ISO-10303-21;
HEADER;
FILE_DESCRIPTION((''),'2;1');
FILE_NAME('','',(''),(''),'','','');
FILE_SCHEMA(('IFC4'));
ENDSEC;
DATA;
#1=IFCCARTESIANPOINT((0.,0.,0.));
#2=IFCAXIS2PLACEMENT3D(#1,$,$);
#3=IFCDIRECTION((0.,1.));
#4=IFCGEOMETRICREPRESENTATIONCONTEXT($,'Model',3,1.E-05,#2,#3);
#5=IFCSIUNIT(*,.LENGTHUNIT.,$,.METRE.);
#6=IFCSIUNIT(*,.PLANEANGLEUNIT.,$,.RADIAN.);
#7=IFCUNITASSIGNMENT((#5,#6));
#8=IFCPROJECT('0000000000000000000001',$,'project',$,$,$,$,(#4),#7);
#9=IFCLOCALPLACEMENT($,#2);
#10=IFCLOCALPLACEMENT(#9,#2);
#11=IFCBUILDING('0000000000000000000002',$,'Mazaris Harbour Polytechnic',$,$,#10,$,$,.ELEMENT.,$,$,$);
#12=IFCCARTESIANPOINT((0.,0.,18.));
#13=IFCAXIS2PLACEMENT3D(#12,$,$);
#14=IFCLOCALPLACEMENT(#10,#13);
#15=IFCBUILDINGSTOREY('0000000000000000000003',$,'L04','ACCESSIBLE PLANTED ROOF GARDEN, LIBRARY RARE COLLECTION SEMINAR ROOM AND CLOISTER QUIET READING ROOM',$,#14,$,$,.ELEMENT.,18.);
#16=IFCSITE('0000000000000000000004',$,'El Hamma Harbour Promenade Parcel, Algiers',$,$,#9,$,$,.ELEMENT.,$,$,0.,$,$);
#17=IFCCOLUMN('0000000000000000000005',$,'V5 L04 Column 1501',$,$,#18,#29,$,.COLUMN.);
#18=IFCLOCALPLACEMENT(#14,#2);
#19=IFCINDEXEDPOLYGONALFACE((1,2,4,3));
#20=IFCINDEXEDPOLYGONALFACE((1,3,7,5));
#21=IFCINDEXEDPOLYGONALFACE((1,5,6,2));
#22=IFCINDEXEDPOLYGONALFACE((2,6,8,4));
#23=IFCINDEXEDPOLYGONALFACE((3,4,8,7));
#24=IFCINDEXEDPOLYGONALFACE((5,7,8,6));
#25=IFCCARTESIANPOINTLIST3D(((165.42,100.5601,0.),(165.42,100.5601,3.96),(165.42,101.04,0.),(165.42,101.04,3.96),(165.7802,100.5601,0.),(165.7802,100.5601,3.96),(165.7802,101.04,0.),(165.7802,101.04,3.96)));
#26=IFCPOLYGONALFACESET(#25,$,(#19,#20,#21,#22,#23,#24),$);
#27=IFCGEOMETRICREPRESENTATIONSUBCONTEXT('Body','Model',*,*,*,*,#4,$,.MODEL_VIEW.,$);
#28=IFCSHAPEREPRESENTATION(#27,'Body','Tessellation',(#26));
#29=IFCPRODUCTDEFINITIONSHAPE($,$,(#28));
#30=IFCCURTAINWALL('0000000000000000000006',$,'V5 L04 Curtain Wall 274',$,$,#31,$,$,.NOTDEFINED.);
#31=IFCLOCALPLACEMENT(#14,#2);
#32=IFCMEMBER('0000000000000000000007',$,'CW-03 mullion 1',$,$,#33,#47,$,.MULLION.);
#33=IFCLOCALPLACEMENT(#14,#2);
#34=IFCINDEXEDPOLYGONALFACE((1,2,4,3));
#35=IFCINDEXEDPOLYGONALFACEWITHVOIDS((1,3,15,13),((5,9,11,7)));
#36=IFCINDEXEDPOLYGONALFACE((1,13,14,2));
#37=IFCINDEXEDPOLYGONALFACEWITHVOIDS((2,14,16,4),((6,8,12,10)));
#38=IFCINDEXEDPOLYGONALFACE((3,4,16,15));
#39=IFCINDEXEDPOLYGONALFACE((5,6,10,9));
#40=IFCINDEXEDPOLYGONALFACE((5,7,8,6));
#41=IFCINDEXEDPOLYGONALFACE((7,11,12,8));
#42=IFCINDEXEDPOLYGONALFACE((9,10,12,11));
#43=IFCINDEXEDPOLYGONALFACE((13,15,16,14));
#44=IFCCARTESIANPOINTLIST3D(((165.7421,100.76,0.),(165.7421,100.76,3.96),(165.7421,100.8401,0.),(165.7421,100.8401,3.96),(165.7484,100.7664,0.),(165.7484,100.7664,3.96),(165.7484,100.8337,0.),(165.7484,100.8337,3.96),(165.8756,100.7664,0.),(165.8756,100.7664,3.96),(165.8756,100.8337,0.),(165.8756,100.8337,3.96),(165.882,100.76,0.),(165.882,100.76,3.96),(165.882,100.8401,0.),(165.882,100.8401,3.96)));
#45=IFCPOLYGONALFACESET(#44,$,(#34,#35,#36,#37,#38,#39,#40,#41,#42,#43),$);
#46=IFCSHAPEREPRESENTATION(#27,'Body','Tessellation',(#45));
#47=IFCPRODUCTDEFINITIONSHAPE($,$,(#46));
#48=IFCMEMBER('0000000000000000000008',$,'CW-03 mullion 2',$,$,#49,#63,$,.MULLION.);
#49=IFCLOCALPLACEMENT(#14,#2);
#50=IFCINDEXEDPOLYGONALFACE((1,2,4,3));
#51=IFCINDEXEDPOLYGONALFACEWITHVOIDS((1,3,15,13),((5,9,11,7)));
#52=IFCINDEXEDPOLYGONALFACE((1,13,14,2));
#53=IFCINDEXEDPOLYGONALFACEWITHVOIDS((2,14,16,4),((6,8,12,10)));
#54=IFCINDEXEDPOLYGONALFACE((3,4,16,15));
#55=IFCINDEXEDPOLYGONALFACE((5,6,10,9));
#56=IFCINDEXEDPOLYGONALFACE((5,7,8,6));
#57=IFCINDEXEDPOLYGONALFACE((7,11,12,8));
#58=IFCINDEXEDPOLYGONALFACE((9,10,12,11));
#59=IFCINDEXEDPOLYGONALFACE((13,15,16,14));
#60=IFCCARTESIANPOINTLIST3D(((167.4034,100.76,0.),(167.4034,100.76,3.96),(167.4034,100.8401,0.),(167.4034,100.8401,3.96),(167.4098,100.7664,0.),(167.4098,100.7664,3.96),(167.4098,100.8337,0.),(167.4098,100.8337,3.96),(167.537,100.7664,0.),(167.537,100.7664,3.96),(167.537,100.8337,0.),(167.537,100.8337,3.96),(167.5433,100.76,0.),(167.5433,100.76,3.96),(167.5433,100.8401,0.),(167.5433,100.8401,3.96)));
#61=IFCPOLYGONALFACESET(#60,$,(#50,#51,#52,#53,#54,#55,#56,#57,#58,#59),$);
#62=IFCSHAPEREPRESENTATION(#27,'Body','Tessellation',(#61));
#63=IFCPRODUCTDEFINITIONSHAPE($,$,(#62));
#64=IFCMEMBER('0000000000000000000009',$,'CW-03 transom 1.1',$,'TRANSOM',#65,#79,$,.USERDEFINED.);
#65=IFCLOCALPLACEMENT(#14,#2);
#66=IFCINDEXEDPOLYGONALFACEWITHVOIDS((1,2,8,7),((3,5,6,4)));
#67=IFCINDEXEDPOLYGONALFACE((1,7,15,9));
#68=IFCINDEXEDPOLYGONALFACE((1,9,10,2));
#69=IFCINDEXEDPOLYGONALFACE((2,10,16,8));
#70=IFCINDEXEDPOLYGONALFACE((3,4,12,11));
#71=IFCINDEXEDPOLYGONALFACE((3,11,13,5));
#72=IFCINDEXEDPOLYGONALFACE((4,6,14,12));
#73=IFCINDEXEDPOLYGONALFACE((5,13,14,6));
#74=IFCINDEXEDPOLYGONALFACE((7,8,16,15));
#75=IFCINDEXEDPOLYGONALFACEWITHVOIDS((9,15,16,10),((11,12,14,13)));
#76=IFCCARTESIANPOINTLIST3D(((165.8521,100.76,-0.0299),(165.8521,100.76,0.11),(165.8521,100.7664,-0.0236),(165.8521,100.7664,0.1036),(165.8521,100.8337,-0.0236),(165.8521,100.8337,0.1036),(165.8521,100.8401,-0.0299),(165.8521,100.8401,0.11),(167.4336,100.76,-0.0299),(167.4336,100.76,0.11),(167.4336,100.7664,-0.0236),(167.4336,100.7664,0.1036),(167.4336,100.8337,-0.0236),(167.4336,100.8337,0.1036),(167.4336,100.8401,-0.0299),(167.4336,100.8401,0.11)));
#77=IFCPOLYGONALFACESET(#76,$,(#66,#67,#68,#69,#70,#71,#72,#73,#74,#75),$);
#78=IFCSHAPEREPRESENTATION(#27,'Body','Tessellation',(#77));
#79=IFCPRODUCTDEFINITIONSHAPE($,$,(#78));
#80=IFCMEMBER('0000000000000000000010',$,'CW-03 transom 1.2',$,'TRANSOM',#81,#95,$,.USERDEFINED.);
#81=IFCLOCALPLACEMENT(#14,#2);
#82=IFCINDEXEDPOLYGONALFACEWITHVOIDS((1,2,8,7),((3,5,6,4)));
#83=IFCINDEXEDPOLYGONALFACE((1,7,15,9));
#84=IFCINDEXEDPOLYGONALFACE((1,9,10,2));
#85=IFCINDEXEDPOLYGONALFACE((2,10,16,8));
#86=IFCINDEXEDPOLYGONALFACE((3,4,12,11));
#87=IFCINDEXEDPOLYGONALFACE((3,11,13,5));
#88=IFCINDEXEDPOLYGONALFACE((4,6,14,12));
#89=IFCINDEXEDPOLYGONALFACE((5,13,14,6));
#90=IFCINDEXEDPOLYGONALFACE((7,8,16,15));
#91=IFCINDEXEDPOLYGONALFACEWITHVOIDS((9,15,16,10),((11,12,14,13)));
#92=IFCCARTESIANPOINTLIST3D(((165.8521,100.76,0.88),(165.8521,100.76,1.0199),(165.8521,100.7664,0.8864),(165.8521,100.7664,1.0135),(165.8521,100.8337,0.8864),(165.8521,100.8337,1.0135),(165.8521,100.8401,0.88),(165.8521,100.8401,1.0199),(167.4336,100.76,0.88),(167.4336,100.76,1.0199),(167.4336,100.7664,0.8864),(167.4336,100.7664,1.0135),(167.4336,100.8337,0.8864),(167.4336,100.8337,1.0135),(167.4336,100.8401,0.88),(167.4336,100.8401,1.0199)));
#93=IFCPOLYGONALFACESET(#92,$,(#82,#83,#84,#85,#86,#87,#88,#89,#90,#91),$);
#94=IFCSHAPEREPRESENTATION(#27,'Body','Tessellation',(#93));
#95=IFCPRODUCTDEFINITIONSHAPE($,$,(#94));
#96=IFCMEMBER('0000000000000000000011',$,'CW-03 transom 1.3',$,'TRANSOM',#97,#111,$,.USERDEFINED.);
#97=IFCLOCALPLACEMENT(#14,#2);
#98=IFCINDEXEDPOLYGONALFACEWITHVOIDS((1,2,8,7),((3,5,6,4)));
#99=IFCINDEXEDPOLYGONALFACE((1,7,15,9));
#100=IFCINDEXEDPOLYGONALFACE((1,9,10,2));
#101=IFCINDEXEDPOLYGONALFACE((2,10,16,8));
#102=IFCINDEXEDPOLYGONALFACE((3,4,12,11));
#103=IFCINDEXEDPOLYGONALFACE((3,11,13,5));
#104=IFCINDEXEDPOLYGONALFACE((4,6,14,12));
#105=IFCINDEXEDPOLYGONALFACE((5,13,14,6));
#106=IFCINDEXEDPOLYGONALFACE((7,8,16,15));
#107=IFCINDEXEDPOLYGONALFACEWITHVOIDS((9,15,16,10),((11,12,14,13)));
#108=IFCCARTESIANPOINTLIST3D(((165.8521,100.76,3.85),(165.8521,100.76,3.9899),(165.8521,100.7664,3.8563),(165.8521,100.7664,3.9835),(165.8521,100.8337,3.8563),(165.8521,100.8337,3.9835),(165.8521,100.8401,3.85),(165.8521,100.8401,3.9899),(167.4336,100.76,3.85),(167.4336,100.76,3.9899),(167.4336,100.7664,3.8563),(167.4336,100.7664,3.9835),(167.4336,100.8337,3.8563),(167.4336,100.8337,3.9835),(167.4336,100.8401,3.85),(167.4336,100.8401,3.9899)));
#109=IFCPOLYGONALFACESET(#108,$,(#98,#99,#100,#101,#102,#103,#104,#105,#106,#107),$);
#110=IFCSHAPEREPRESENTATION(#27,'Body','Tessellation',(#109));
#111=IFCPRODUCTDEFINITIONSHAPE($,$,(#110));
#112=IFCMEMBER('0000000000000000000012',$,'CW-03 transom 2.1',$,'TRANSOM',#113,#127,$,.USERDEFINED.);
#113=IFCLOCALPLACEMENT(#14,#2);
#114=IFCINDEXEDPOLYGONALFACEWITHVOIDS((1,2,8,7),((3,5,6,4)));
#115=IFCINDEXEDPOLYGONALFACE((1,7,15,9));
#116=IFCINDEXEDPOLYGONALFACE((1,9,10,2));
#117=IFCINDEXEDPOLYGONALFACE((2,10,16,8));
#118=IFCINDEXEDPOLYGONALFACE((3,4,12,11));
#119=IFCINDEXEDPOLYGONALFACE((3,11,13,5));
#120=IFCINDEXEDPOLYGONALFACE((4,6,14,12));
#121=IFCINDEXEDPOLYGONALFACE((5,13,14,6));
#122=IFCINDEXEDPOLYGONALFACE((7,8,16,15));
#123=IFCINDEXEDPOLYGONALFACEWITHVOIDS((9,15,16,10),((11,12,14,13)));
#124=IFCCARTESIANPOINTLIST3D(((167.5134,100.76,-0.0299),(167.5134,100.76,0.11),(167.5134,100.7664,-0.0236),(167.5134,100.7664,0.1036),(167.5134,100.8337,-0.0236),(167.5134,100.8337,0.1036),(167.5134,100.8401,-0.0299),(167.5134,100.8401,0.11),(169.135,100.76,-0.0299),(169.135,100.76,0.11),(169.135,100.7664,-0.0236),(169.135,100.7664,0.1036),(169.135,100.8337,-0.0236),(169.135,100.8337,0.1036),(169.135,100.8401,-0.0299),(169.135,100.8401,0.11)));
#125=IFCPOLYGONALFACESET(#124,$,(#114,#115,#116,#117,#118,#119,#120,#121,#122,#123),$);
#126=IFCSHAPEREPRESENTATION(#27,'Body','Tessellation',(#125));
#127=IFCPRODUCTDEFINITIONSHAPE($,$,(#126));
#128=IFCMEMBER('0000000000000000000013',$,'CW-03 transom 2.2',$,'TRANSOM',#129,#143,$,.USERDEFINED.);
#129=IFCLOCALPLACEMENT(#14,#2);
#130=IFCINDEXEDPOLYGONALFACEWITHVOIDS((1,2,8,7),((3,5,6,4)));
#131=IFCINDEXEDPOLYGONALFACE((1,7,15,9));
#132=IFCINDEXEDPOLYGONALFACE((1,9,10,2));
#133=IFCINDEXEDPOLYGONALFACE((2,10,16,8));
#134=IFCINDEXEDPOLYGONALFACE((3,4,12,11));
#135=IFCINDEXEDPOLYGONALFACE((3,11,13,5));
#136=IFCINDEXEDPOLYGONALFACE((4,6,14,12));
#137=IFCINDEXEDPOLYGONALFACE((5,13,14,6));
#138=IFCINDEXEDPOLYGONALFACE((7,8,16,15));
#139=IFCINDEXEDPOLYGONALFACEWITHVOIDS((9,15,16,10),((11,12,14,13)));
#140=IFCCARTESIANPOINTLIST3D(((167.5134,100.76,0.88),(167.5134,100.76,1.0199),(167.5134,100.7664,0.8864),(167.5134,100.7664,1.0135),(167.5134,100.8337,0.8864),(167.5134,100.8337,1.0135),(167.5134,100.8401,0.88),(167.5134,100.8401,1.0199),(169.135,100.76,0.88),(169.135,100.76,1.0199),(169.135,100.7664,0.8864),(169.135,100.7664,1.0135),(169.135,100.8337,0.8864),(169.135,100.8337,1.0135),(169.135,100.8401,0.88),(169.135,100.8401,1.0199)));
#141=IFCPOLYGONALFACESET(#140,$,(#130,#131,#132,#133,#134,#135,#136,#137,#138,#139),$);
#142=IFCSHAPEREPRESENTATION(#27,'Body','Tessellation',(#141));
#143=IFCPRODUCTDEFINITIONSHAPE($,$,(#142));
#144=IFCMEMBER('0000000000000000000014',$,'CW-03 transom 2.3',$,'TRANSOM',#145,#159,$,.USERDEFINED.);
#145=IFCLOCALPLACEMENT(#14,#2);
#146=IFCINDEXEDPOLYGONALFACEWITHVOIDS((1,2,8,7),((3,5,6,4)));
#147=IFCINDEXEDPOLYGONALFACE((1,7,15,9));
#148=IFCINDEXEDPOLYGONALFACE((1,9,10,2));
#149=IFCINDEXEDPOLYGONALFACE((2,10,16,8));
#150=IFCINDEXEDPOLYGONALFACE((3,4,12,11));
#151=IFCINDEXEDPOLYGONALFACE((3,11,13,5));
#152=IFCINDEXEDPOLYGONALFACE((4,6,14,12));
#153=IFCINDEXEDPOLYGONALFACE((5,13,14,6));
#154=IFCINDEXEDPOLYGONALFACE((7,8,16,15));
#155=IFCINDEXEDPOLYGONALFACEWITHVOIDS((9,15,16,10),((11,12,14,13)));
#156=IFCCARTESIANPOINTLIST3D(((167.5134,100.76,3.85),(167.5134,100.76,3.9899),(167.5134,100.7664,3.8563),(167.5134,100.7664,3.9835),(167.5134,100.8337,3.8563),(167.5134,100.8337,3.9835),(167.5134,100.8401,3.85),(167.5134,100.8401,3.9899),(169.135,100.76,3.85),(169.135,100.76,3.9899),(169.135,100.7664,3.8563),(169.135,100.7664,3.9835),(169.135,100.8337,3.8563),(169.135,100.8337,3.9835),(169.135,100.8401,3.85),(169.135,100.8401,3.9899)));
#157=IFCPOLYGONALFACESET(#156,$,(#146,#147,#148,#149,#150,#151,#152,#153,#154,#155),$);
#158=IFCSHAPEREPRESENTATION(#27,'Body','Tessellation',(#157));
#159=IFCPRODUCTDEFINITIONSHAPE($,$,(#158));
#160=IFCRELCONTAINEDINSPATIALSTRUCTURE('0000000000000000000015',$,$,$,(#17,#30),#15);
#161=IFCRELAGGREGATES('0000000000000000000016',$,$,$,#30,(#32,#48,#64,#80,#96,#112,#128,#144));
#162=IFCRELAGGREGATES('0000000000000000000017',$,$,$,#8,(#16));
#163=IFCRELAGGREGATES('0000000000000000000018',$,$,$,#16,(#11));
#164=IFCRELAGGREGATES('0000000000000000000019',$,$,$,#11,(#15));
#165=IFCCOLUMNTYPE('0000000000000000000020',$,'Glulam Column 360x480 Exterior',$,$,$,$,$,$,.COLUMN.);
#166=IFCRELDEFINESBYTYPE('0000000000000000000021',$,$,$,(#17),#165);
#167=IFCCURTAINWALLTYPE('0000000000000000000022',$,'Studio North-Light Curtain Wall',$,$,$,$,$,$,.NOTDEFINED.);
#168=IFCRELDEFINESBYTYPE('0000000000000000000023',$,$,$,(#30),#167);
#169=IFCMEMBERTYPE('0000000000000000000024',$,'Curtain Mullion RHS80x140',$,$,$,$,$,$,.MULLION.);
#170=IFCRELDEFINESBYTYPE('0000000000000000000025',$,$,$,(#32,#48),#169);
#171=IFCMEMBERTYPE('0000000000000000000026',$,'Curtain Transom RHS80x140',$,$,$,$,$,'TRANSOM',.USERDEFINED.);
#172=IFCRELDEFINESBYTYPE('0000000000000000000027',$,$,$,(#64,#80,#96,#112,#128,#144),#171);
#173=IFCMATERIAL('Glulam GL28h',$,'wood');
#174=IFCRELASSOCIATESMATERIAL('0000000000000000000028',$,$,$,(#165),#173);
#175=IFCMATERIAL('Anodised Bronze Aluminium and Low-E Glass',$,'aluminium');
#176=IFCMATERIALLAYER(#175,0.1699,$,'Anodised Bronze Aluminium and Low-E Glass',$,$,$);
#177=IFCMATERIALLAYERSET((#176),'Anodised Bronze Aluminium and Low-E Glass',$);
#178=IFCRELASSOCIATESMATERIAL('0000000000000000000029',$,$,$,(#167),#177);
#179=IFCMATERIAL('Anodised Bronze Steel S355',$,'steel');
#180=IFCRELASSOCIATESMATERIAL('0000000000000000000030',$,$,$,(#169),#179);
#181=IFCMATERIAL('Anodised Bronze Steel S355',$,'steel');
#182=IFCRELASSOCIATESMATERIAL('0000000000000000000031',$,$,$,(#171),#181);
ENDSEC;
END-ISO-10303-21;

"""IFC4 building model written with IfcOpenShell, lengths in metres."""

from ifc_helpers import new_model, si_unit, direction, frame, origin, origin_2d, place, context, subcontext, project, spatial, rectangle, hollow_rectangle, extrude, material, layer, layer_set, material_profile, profile_set, type_object, element, aggregate, save


model = new_model("IFC4")

# Units and contexts
model_context = context("Model", 3, precision=1e-05, world=origin(), true_north=direction((0.0, 1.0)))
body_context = subcontext(model_context, "Body", "Model", "MODEL_VIEW")
ifc_project = project(units=[si_unit("LENGTHUNIT", "METRE"), si_unit("PLANEANGLEUNIT", "RADIAN")], contexts=[model_context])

# Site, building, storey
site_placement = place(None, origin())
site = spatial("IfcSite", under=ifc_project, at=site_placement, Name="El Hamma Harbour Promenade Parcel, Algiers", CompositionType="ELEMENT", RefElevation=0.0)
building_placement = place(site_placement, origin())
building = spatial("IfcBuilding", under=site, at=building_placement, Name="Mazaris Harbour Polytechnic", CompositionType="ELEMENT")
storey_placement = place(building_placement, frame((0.0, 0.0, 18.0)))
storey = spatial("IfcBuildingStorey", under=building, at=storey_placement, Name="L04", Description="ACCESSIBLE PLANTED ROOF GARDEN, LIBRARY RARE COLLECTION SEMINAR ROOM AND CLOISTER QUIET READING ROOM", CompositionType="ELEMENT", Elevation=18.0)

# Column
ifc_material_1 = material(Name="Glulam GL28h", Category="wood")
ifc_material_profile_1 = material_profile(ifc_material_1, rectangle(XDim=0.3601, YDim=0.48, at=origin_2d()), Name="RECT360x480")
ifc_profile_set_1 = profile_set([ifc_material_profile_1], Name="Glulam GL28h")
column_type = type_object("IfcColumnType", Name="Glulam Column 360x480 Exterior", PredefinedType="COLUMN", material=ifc_profile_set_1)
column_placement = place(storey_placement, frame((165.6001, 100.8, 0.0), z_axis=(0.0, 0.0, 1.0), x_axis=(1.0, 0.0, 0.0)))
element("IfcColumn", 1, at=column_placement, inside=storey, type_object=column_type, Name="V5 L04 Column 1501", PredefinedType="COLUMN", context=body_context, shape_type="SweptSolid", body=[
    extrude(rectangle(XDim=0.3601, YDim=0.48, at=origin_2d()), origin(), (0.0, 0.0, 1.0), 3.96),
])

# Curtain wall, members
ifc_material_2 = material(Name="Anodised Bronze Aluminium and Low-E Glass", Category="aluminium")
ifc_layer_1 = layer(ifc_material_2, 0.1699, Name="Anodised Bronze Aluminium and Low-E Glass")
ifc_layer_set_1 = layer_set([ifc_layer_1], Name="Anodised Bronze Aluminium and Low-E Glass")
curtain_wall_type = type_object("IfcCurtainWallType", Name="Studio North-Light Curtain Wall", PredefinedType="NOTDEFINED", material=ifc_layer_set_1)
curtain_wall_placement = place(storey_placement, origin())
curtain_wall = element("IfcCurtainWall", 2, at=curtain_wall_placement, inside=storey, type_object=curtain_wall_type, Name="V5 L04 Curtain Wall 274", PredefinedType="NOTDEFINED")
ifc_material_3 = material(Name="Anodised Bronze Steel S355", Category="steel")
ifc_material_profile_2 = material_profile(ifc_material_3, hollow_rectangle(XDim=0.0801, YDim=0.1399, WallThickness=0.0063, at=origin_2d()), Name="RHS 80x140x6.3")
ifc_profile_set_2 = profile_set([ifc_material_profile_2], Name="Anodised Bronze Steel S355")
member_type_1 = type_object("IfcMemberType", Name="Curtain Mullion RHS80x140", PredefinedType="MULLION", material=ifc_profile_set_2)
member_1_placement = place(storey_placement, frame((165.812, 100.8, 0.0), z_axis=(0.0, 0.0, 1.0), x_axis=(0.0, 1.0, 0.0)))
member_1 = element("IfcMember", 3, at=member_1_placement, type_object=member_type_1, Name="CW-03 mullion 1", PredefinedType="MULLION", context=body_context, shape_type="SweptSolid", body=[
    extrude(hollow_rectangle(XDim=0.0801, YDim=0.1399, WallThickness=0.0063, at=origin_2d()), origin(), (0.0, 0.0, 1.0), 3.96),
])
member_2_placement = place(storey_placement, frame((167.4734, 100.8, 0.0), z_axis=(0.0, 0.0, 1.0), x_axis=(0.0, 1.0, 0.0)))
member_2 = element("IfcMember", 4, at=member_2_placement, type_object=member_type_1, Name="CW-03 mullion 2", PredefinedType="MULLION", context=body_context, shape_type="SweptSolid", body=[
    extrude(hollow_rectangle(XDim=0.0801, YDim=0.1399, WallThickness=0.0063, at=origin_2d()), origin(), (0.0, 0.0, 1.0), 3.96),
])
ifc_material_4 = material(Name="Anodised Bronze Steel S355", Category="steel")
ifc_material_profile_3 = material_profile(ifc_material_4, hollow_rectangle(XDim=0.0801, YDim=0.1399, WallThickness=0.0063, at=origin_2d()), Name="RHS 80x140x6.3")
ifc_profile_set_3 = profile_set([ifc_material_profile_3], Name="Anodised Bronze Steel S355")
member_type_2 = type_object("IfcMemberType", Name="Curtain Transom RHS80x140", ElementType="TRANSOM", PredefinedType="USERDEFINED", material=ifc_profile_set_3)
member_3_placement = place(storey_placement, frame((165.8521, 100.8, 0.04), z_axis=(1.0, 0.0, 0.0), x_axis=(0.0, 1.0, 0.0)))
member_3 = element("IfcMember", 5, at=member_3_placement, type_object=member_type_2, Name="CW-03 transom 1.1", ObjectType="TRANSOM", PredefinedType="USERDEFINED", context=body_context, shape_type="SweptSolid", body=[
    extrude(hollow_rectangle(XDim=0.0801, YDim=0.1399, WallThickness=0.0063, at=origin_2d()), origin(), (0.0, 0.0, 1.0), 1.5815),
])
member_4_placement = place(storey_placement, frame((165.8521, 100.8, 0.95), z_axis=(1.0, 0.0, 0.0), x_axis=(0.0, 1.0, 0.0)))
member_4 = element("IfcMember", 6, at=member_4_placement, type_object=member_type_2, Name="CW-03 transom 1.2", ObjectType="TRANSOM", PredefinedType="USERDEFINED", context=body_context, shape_type="SweptSolid", body=[
    extrude(hollow_rectangle(XDim=0.0801, YDim=0.1399, WallThickness=0.0063, at=origin_2d()), origin(), (0.0, 0.0, 1.0), 1.5815),
])
member_5_placement = place(storey_placement, frame((165.8521, 100.8, 3.9199), z_axis=(1.0, 0.0, 0.0), x_axis=(0.0, 1.0, 0.0)))
member_5 = element("IfcMember", 7, at=member_5_placement, type_object=member_type_2, Name="CW-03 transom 1.3", ObjectType="TRANSOM", PredefinedType="USERDEFINED", context=body_context, shape_type="SweptSolid", body=[
    extrude(hollow_rectangle(XDim=0.0801, YDim=0.1399, WallThickness=0.0063, at=origin_2d()), origin(), (0.0, 0.0, 1.0), 1.5815),
])
member_6_placement = place(storey_placement, frame((167.5134, 100.8, 0.04), z_axis=(1.0, 0.0, 0.0), x_axis=(0.0, 1.0, 0.0)))
member_6 = element("IfcMember", 8, at=member_6_placement, type_object=member_type_2, Name="CW-03 transom 2.1", ObjectType="TRANSOM", PredefinedType="USERDEFINED", context=body_context, shape_type="SweptSolid", body=[
    extrude(hollow_rectangle(XDim=0.0801, YDim=0.1399, WallThickness=0.0063, at=origin_2d()), origin(), (0.0, 0.0, 1.0), 1.6216),
])
member_7_placement = place(storey_placement, frame((167.5134, 100.8, 0.95), z_axis=(1.0, 0.0, 0.0), x_axis=(0.0, 1.0, 0.0)))
member_7 = element("IfcMember", 9, at=member_7_placement, type_object=member_type_2, Name="CW-03 transom 2.2", ObjectType="TRANSOM", PredefinedType="USERDEFINED", context=body_context, shape_type="SweptSolid", body=[
    extrude(hollow_rectangle(XDim=0.0801, YDim=0.1399, WallThickness=0.0063, at=origin_2d()), origin(), (0.0, 0.0, 1.0), 1.6216),
])
member_8_placement = place(storey_placement, frame((167.5134, 100.8, 3.9199), z_axis=(1.0, 0.0, 0.0), x_axis=(0.0, 1.0, 0.0)))
member_8 = element("IfcMember", 10, at=member_8_placement, type_object=member_type_2, Name="CW-03 transom 2.3", ObjectType="TRANSOM", PredefinedType="USERDEFINED", context=body_context, shape_type="SweptSolid", body=[
    extrude(hollow_rectangle(XDim=0.0801, YDim=0.1399, WallThickness=0.0063, at=origin_2d()), origin(), (0.0, 0.0, 1.0), 1.6216),
])

aggregate(curtain_wall, [member_1, member_2, member_3, member_4, member_5, member_6, member_7, member_8])

save(model, "model.ifc")
